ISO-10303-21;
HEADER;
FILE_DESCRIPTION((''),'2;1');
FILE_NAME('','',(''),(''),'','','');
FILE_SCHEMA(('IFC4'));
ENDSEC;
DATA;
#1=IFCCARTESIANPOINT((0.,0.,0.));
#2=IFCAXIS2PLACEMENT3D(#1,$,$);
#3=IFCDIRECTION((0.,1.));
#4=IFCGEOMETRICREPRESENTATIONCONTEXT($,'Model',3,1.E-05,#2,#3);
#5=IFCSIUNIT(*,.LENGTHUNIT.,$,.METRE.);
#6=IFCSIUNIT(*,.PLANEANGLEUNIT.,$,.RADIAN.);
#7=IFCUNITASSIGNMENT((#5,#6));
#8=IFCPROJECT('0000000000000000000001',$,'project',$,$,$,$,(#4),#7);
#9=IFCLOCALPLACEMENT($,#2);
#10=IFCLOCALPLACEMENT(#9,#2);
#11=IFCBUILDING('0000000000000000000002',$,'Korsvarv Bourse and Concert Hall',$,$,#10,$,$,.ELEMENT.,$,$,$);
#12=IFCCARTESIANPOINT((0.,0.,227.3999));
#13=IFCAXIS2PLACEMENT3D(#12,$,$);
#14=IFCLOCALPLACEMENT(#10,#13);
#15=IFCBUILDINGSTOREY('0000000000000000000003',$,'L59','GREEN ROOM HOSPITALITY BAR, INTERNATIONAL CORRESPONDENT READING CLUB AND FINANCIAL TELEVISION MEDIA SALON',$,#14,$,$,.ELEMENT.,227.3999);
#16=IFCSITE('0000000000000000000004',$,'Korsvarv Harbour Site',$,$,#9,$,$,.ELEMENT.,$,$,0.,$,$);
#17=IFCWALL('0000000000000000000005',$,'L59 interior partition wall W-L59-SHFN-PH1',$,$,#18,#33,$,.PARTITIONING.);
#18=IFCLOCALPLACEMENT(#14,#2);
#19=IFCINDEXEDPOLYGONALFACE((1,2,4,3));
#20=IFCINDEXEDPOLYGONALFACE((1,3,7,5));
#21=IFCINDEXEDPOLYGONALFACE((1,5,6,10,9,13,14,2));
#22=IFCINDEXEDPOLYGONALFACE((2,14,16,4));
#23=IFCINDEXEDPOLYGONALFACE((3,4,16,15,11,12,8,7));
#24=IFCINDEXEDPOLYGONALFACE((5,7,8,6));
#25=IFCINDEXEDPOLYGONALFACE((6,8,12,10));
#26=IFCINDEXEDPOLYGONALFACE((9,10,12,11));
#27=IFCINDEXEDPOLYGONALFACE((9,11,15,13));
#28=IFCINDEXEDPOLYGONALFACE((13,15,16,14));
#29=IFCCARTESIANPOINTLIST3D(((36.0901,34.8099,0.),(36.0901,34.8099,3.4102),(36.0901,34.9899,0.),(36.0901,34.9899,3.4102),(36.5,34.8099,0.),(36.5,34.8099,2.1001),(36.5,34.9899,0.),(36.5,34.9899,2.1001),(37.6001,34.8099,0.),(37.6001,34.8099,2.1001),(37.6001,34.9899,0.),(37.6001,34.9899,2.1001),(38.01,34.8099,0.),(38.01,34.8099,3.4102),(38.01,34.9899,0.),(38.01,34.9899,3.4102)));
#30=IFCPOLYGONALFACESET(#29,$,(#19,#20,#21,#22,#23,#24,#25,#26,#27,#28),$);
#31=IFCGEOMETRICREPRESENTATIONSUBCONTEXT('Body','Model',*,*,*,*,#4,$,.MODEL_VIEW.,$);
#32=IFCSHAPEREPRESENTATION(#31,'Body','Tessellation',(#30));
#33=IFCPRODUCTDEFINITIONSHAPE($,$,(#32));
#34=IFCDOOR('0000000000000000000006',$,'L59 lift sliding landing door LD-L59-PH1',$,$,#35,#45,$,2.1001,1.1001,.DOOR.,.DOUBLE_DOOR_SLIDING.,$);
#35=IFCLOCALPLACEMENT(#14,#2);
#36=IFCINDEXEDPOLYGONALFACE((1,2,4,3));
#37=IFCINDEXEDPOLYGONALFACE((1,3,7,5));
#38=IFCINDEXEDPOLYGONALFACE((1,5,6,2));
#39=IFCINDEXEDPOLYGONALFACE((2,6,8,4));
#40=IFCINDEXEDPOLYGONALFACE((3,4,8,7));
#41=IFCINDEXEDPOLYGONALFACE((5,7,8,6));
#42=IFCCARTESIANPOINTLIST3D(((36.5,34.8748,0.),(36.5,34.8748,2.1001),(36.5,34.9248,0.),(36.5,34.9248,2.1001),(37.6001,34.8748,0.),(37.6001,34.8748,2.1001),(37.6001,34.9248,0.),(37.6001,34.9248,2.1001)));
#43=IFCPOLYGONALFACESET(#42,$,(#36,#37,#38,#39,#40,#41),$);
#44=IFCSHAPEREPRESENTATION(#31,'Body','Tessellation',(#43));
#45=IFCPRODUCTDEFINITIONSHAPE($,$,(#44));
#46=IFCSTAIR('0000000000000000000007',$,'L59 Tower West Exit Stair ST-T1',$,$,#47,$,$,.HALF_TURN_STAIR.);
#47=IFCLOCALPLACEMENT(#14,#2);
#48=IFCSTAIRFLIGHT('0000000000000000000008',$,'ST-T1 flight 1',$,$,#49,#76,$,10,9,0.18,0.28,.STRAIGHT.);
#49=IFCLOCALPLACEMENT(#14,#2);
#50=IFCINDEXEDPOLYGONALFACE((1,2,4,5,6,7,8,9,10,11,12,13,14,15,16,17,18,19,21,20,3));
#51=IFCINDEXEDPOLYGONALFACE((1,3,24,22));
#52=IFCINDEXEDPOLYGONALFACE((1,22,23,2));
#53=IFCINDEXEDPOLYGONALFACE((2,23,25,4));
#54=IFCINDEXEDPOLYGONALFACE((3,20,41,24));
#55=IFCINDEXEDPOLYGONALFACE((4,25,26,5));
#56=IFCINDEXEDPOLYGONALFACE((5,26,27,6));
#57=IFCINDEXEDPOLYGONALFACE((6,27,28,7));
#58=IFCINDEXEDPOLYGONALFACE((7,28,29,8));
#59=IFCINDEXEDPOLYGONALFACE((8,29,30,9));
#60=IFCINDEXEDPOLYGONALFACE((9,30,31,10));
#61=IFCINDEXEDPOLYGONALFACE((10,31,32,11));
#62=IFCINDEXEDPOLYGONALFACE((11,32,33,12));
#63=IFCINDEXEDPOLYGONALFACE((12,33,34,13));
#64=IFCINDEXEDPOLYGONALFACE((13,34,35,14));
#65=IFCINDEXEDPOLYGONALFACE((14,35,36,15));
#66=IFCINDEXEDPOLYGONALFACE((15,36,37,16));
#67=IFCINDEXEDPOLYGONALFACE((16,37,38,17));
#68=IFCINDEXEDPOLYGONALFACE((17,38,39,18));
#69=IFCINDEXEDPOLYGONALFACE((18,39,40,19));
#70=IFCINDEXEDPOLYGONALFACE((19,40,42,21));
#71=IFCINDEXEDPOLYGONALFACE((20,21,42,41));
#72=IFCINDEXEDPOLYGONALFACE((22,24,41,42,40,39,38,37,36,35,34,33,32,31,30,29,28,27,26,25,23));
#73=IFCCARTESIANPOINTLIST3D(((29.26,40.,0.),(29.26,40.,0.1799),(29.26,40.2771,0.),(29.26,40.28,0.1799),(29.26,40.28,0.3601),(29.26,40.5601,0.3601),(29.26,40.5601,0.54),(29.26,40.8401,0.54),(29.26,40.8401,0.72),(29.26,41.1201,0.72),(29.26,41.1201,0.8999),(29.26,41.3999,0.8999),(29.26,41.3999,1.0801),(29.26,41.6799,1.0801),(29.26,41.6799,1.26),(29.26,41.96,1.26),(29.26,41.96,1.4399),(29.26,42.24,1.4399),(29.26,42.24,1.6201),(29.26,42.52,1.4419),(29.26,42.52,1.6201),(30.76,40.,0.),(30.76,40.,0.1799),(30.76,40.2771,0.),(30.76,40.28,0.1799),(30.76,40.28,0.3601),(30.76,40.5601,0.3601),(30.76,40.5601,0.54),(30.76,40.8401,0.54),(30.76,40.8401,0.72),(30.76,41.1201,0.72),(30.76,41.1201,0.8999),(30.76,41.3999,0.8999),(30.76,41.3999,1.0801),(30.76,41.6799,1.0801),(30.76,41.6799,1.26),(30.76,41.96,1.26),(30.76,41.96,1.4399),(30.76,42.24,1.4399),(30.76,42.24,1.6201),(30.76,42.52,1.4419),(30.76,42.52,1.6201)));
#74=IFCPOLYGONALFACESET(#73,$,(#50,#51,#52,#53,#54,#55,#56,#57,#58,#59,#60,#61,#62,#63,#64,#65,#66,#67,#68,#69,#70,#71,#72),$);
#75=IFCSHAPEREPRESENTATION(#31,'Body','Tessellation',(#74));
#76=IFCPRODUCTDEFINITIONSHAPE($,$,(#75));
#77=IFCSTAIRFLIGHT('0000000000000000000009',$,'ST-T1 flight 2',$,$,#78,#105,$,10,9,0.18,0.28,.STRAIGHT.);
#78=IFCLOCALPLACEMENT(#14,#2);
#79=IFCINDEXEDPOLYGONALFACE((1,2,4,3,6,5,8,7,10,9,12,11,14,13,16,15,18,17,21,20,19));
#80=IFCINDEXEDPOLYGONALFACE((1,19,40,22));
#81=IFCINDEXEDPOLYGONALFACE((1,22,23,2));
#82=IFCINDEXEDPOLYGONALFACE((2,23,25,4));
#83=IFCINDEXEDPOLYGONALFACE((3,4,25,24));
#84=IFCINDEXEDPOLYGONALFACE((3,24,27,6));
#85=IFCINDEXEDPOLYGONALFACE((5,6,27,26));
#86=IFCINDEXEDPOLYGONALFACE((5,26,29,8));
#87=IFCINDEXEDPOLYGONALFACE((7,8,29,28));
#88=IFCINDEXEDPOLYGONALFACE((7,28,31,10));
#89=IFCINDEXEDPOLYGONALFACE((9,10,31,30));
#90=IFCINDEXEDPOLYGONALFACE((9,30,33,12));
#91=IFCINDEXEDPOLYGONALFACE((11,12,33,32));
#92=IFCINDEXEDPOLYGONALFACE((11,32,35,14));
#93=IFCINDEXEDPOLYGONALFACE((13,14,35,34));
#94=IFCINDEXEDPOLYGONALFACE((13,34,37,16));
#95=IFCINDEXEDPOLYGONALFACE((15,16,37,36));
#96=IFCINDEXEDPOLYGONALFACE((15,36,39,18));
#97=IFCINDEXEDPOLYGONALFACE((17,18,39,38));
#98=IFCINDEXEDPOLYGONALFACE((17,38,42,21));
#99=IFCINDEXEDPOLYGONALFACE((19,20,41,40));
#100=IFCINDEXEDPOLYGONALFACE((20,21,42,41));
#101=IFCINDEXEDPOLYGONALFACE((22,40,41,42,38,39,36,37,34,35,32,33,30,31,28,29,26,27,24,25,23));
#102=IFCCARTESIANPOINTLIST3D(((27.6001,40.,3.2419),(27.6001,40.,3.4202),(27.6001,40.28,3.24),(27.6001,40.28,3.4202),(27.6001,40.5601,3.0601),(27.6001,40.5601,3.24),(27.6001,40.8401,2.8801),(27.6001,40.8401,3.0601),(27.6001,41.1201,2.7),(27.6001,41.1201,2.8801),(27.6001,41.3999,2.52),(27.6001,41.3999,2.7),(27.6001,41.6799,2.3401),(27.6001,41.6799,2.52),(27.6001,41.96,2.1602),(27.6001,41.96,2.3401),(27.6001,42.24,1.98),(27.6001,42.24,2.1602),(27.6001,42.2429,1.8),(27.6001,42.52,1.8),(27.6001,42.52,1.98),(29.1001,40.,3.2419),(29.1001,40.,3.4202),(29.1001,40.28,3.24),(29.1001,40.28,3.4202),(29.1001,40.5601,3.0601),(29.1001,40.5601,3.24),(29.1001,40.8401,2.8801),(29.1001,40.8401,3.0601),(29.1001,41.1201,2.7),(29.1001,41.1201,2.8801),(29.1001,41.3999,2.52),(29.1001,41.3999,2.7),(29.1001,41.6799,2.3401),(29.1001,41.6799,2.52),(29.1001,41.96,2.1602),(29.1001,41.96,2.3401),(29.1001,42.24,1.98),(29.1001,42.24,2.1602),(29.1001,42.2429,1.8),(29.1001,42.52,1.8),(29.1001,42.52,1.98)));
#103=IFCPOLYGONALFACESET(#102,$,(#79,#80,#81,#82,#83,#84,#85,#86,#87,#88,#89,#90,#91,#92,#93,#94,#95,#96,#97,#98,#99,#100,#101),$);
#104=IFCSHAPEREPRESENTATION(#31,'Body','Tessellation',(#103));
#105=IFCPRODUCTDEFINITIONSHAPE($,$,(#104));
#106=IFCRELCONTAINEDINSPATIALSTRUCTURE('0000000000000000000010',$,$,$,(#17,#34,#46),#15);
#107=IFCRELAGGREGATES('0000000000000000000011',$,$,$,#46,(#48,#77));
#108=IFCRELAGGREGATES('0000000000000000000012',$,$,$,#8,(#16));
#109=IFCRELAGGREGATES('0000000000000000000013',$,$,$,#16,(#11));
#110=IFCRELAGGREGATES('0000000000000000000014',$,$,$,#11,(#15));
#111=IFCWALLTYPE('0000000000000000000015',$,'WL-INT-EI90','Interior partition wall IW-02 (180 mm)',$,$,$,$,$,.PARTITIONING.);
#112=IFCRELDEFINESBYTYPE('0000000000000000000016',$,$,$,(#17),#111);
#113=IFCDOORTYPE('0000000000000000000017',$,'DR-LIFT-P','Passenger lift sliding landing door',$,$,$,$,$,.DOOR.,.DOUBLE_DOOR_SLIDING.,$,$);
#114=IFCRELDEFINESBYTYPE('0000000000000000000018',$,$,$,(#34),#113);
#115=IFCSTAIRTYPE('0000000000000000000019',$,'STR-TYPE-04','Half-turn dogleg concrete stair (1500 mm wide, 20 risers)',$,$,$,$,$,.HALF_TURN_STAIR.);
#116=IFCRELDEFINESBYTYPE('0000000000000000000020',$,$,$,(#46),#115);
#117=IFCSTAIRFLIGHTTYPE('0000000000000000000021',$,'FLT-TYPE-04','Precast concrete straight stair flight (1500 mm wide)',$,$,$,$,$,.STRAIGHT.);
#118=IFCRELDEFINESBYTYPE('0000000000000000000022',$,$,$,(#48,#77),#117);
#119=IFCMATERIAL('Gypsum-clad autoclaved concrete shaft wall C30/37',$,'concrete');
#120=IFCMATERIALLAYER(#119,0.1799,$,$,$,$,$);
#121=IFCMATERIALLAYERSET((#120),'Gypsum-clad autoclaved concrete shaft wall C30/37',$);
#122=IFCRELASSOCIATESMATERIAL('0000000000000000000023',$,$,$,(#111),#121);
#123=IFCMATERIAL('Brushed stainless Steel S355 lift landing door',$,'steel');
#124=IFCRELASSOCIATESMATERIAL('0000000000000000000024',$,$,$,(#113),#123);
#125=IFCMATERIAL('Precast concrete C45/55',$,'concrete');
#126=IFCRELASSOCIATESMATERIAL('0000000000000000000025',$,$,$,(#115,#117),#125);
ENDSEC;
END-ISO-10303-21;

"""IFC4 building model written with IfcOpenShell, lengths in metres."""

from ifc_helpers import new_model, si_unit, direction, frame, frame_2d, origin, place, context, subcontext, project, spatial, polyline, rectangle, outline, extrude, material, layer, layer_set, type_object, element, fill, aggregate, save


model = new_model("IFC4")

# Units and contexts
model_context = context("Model", 3, precision=1e-05, world=origin(), true_north=direction((0.0, 1.0)))
body_context = subcontext(model_context, "Body", "Model", "MODEL_VIEW")
ifc_project = project(units=[si_unit("LENGTHUNIT", "METRE"), si_unit("PLANEANGLEUNIT", "RADIAN")], contexts=[model_context])

# Site, building, storey
site_placement = place(None, origin())
site = spatial("IfcSite", under=ifc_project, at=site_placement, Name="Korsvarv Harbour Site", CompositionType="ELEMENT", RefElevation=0.0)
building_placement = place(site_placement, origin())
building = spatial("IfcBuilding", under=site, at=building_placement, Name="Korsvarv Bourse and Concert Hall", CompositionType="ELEMENT")
storey_placement = place(building_placement, frame((0.0, 0.0, 227.3999)))
storey = spatial("IfcBuildingStorey", under=building, at=storey_placement, Name="L59", Description="GREEN ROOM HOSPITALITY BAR, INTERNATIONAL CORRESPONDENT READING CLUB AND FINANCIAL TELEVISION MEDIA SALON", CompositionType="ELEMENT", Elevation=227.3999)

# Wall, opening, door
ifc_material_1 = material(Name="Gypsum-clad autoclaved concrete shaft wall C30/37", Category="concrete")
ifc_layer_1 = layer(ifc_material_1, 0.1799)
ifc_layer_set_1 = layer_set([ifc_layer_1], Name="Gypsum-clad autoclaved concrete shaft wall C30/37")
wall_type_1 = type_object("IfcWallType", Name="WL-INT-EI90", Description="Interior partition wall IW-02 (180 mm)", PredefinedType="PARTITIONING", material=ifc_layer_set_1)
wall_1_placement = place(storey_placement, frame((36.0901, 34.8999, 0.0), z_axis=(0.0, 0.0, 1.0), x_axis=(1.0, 0.0, 0.0)))
wall_1 = element("IfcWall", 1, at=wall_1_placement, inside=storey, type_object=wall_type_1, Name="L59 interior partition wall W-L59-SHFN-PH1", PredefinedType="PARTITIONING", context=body_context, shape_type="SweptSolid", body=[
    extrude(rectangle(XDim=1.9199, YDim=0.1799, at=frame_2d((0.96, 0.0))), origin(), (0.0, 0.0, 1.0), 3.4102),
])
opening_1_placement = place(wall_1_placement, frame((0.4099, 0.0, 0.0)))
opening_1 = element("IfcOpeningElement", 2, at=opening_1_placement, cuts=wall_1, PredefinedType="OPENING", context=body_context, shape_type="SweptSolid", body=[
    extrude(rectangle(XDim=1.1001, YDim=2.1001, at=frame_2d((0.55, 1.05))), frame((0.0, 0.1001, 0.0), z_axis=(0.0, -1.0, 0.0), x_axis=(1.0, 0.0, 0.0)), (0.0, 0.0, 1.0), 0.2),
])
ifc_material_2 = material(Name="Brushed stainless Steel S355 lift landing door", Category="steel")
door_type_1 = type_object("IfcDoorType", Name="DR-LIFT-P", Description="Passenger lift sliding landing door", OperationType="DOUBLE_DOOR_SLIDING", PredefinedType="DOOR", material=ifc_material_2)
door_1_placement = place(opening_1_placement, origin())
door_1 = element("IfcDoor", 3, at=door_1_placement, inside=storey, type_object=door_type_1, Name="L59 lift sliding landing door LD-L59-PH1", OperationType="DOUBLE_DOOR_SLIDING", OverallHeight=2.1001, OverallWidth=1.1001, PredefinedType="DOOR", context=body_context, shape_type="SweptSolid", body=[
    extrude(rectangle(XDim=1.1001, YDim=2.1001, at=frame_2d((0.55, 1.05))), frame((0.0, 0.0249, 0.0), z_axis=(0.0, -1.0, 0.0), x_axis=(1.0, 0.0, 0.0)), (0.0, 0.0, 1.0), 0.05),
])
fill(opening_1, door_1)

# Stair, stair flights
ifc_material_3 = material(Name="Precast concrete C45/55", Category="concrete")
stair_type = type_object("IfcStairType", Name="STR-TYPE-04", Description="Half-turn dogleg concrete stair (1500 mm wide, 20 risers)", PredefinedType="HALF_TURN_STAIR", material=ifc_material_3)
stair_placement = place(storey_placement, origin())
stair = element("IfcStair", 4, at=stair_placement, inside=storey, type_object=stair_type, Name="L59 Tower West Exit Stair ST-T1", PredefinedType="HALF_TURN_STAIR")
stair_flight_type = type_object("IfcStairFlightType", Name="FLT-TYPE-04", Description="Precast concrete straight stair flight (1500 mm wide)", PredefinedType="STRAIGHT", material=ifc_material_3)
stair_flight_1_placement = place(storey_placement, frame((30.01, 40.0, 0.0), z_axis=(0.0, 0.0, 1.0), x_axis=(0.0, 1.0, 0.0)))
stair_flight_1 = element("IfcStairFlight", 5, at=stair_flight_1_placement, type_object=stair_flight_type, Name="ST-T1 flight 1", NumberOfRisers=10, NumberOfTreads=9, PredefinedType="STRAIGHT", RiserHeight=0.18, TreadLength=0.28, context=body_context, shape_type="SweptSolid", body=[
    extrude(outline(polyline([(0.0, 0.0), (0.0, 0.1799), (0.28, 0.1799), (0.28, 0.3601), (0.5601, 0.3601), (0.5601, 0.54), (0.8401, 0.54), (0.8401, 0.72), (1.1201, 0.72), (1.1201, 0.8999), (1.3999, 0.8999), (1.3999, 1.0801), (1.6799, 1.0801), (1.6799, 1.26), (1.96, 1.26), (1.96, 1.4399), (2.24, 1.4399), (2.24, 1.6201), (2.52, 1.6201), (2.52, 1.8), (2.52, 1.4419), (0.2771, 0.0), (0.0, 0.0)])), frame((0.0, 0.75, 0.0), z_axis=(0.0, -1.0, 0.0), x_axis=(1.0, 0.0, 0.0)), (0.0, 0.0, 1.0), 1.5),
])
stair_flight_2_placement = place(storey_placement, frame((28.3501, 42.52, 1.8), z_axis=(0.0, 0.0, 1.0), x_axis=(0.0, -1.0, 0.0)))
stair_flight_2 = element("IfcStairFlight", 6, at=stair_flight_2_placement, type_object=stair_flight_type, Name="ST-T1 flight 2", NumberOfRisers=10, NumberOfTreads=9, PredefinedType="STRAIGHT", RiserHeight=0.18, TreadLength=0.28, context=body_context, shape_type="SweptSolid", body=[
    extrude(outline(polyline([(0.0, 0.0), (0.0, 0.1799), (0.28, 0.1799), (0.28, 0.3601), (0.5601, 0.3601), (0.5601, 0.54), (0.8401, 0.54), (0.8401, 0.72), (1.1201, 0.72), (1.1201, 0.8999), (1.3999, 0.8999), (1.3999, 1.0801), (1.6799, 1.0801), (1.6799, 1.26), (1.96, 1.26), (1.96, 1.4399), (2.24, 1.4399), (2.24, 1.6201), (2.52, 1.6201), (2.52, 1.8), (2.52, 1.4419), (0.2771, 0.0), (0.0, 0.0)])), frame((0.0, 0.75, 0.0), z_axis=(0.0, -1.0, 0.0), x_axis=(1.0, 0.0, 0.0)), (0.0, 0.0, 1.0), 1.5),
])
aggregate(stair, [stair_flight_1, stair_flight_2])

save(model, "model.ifc")
